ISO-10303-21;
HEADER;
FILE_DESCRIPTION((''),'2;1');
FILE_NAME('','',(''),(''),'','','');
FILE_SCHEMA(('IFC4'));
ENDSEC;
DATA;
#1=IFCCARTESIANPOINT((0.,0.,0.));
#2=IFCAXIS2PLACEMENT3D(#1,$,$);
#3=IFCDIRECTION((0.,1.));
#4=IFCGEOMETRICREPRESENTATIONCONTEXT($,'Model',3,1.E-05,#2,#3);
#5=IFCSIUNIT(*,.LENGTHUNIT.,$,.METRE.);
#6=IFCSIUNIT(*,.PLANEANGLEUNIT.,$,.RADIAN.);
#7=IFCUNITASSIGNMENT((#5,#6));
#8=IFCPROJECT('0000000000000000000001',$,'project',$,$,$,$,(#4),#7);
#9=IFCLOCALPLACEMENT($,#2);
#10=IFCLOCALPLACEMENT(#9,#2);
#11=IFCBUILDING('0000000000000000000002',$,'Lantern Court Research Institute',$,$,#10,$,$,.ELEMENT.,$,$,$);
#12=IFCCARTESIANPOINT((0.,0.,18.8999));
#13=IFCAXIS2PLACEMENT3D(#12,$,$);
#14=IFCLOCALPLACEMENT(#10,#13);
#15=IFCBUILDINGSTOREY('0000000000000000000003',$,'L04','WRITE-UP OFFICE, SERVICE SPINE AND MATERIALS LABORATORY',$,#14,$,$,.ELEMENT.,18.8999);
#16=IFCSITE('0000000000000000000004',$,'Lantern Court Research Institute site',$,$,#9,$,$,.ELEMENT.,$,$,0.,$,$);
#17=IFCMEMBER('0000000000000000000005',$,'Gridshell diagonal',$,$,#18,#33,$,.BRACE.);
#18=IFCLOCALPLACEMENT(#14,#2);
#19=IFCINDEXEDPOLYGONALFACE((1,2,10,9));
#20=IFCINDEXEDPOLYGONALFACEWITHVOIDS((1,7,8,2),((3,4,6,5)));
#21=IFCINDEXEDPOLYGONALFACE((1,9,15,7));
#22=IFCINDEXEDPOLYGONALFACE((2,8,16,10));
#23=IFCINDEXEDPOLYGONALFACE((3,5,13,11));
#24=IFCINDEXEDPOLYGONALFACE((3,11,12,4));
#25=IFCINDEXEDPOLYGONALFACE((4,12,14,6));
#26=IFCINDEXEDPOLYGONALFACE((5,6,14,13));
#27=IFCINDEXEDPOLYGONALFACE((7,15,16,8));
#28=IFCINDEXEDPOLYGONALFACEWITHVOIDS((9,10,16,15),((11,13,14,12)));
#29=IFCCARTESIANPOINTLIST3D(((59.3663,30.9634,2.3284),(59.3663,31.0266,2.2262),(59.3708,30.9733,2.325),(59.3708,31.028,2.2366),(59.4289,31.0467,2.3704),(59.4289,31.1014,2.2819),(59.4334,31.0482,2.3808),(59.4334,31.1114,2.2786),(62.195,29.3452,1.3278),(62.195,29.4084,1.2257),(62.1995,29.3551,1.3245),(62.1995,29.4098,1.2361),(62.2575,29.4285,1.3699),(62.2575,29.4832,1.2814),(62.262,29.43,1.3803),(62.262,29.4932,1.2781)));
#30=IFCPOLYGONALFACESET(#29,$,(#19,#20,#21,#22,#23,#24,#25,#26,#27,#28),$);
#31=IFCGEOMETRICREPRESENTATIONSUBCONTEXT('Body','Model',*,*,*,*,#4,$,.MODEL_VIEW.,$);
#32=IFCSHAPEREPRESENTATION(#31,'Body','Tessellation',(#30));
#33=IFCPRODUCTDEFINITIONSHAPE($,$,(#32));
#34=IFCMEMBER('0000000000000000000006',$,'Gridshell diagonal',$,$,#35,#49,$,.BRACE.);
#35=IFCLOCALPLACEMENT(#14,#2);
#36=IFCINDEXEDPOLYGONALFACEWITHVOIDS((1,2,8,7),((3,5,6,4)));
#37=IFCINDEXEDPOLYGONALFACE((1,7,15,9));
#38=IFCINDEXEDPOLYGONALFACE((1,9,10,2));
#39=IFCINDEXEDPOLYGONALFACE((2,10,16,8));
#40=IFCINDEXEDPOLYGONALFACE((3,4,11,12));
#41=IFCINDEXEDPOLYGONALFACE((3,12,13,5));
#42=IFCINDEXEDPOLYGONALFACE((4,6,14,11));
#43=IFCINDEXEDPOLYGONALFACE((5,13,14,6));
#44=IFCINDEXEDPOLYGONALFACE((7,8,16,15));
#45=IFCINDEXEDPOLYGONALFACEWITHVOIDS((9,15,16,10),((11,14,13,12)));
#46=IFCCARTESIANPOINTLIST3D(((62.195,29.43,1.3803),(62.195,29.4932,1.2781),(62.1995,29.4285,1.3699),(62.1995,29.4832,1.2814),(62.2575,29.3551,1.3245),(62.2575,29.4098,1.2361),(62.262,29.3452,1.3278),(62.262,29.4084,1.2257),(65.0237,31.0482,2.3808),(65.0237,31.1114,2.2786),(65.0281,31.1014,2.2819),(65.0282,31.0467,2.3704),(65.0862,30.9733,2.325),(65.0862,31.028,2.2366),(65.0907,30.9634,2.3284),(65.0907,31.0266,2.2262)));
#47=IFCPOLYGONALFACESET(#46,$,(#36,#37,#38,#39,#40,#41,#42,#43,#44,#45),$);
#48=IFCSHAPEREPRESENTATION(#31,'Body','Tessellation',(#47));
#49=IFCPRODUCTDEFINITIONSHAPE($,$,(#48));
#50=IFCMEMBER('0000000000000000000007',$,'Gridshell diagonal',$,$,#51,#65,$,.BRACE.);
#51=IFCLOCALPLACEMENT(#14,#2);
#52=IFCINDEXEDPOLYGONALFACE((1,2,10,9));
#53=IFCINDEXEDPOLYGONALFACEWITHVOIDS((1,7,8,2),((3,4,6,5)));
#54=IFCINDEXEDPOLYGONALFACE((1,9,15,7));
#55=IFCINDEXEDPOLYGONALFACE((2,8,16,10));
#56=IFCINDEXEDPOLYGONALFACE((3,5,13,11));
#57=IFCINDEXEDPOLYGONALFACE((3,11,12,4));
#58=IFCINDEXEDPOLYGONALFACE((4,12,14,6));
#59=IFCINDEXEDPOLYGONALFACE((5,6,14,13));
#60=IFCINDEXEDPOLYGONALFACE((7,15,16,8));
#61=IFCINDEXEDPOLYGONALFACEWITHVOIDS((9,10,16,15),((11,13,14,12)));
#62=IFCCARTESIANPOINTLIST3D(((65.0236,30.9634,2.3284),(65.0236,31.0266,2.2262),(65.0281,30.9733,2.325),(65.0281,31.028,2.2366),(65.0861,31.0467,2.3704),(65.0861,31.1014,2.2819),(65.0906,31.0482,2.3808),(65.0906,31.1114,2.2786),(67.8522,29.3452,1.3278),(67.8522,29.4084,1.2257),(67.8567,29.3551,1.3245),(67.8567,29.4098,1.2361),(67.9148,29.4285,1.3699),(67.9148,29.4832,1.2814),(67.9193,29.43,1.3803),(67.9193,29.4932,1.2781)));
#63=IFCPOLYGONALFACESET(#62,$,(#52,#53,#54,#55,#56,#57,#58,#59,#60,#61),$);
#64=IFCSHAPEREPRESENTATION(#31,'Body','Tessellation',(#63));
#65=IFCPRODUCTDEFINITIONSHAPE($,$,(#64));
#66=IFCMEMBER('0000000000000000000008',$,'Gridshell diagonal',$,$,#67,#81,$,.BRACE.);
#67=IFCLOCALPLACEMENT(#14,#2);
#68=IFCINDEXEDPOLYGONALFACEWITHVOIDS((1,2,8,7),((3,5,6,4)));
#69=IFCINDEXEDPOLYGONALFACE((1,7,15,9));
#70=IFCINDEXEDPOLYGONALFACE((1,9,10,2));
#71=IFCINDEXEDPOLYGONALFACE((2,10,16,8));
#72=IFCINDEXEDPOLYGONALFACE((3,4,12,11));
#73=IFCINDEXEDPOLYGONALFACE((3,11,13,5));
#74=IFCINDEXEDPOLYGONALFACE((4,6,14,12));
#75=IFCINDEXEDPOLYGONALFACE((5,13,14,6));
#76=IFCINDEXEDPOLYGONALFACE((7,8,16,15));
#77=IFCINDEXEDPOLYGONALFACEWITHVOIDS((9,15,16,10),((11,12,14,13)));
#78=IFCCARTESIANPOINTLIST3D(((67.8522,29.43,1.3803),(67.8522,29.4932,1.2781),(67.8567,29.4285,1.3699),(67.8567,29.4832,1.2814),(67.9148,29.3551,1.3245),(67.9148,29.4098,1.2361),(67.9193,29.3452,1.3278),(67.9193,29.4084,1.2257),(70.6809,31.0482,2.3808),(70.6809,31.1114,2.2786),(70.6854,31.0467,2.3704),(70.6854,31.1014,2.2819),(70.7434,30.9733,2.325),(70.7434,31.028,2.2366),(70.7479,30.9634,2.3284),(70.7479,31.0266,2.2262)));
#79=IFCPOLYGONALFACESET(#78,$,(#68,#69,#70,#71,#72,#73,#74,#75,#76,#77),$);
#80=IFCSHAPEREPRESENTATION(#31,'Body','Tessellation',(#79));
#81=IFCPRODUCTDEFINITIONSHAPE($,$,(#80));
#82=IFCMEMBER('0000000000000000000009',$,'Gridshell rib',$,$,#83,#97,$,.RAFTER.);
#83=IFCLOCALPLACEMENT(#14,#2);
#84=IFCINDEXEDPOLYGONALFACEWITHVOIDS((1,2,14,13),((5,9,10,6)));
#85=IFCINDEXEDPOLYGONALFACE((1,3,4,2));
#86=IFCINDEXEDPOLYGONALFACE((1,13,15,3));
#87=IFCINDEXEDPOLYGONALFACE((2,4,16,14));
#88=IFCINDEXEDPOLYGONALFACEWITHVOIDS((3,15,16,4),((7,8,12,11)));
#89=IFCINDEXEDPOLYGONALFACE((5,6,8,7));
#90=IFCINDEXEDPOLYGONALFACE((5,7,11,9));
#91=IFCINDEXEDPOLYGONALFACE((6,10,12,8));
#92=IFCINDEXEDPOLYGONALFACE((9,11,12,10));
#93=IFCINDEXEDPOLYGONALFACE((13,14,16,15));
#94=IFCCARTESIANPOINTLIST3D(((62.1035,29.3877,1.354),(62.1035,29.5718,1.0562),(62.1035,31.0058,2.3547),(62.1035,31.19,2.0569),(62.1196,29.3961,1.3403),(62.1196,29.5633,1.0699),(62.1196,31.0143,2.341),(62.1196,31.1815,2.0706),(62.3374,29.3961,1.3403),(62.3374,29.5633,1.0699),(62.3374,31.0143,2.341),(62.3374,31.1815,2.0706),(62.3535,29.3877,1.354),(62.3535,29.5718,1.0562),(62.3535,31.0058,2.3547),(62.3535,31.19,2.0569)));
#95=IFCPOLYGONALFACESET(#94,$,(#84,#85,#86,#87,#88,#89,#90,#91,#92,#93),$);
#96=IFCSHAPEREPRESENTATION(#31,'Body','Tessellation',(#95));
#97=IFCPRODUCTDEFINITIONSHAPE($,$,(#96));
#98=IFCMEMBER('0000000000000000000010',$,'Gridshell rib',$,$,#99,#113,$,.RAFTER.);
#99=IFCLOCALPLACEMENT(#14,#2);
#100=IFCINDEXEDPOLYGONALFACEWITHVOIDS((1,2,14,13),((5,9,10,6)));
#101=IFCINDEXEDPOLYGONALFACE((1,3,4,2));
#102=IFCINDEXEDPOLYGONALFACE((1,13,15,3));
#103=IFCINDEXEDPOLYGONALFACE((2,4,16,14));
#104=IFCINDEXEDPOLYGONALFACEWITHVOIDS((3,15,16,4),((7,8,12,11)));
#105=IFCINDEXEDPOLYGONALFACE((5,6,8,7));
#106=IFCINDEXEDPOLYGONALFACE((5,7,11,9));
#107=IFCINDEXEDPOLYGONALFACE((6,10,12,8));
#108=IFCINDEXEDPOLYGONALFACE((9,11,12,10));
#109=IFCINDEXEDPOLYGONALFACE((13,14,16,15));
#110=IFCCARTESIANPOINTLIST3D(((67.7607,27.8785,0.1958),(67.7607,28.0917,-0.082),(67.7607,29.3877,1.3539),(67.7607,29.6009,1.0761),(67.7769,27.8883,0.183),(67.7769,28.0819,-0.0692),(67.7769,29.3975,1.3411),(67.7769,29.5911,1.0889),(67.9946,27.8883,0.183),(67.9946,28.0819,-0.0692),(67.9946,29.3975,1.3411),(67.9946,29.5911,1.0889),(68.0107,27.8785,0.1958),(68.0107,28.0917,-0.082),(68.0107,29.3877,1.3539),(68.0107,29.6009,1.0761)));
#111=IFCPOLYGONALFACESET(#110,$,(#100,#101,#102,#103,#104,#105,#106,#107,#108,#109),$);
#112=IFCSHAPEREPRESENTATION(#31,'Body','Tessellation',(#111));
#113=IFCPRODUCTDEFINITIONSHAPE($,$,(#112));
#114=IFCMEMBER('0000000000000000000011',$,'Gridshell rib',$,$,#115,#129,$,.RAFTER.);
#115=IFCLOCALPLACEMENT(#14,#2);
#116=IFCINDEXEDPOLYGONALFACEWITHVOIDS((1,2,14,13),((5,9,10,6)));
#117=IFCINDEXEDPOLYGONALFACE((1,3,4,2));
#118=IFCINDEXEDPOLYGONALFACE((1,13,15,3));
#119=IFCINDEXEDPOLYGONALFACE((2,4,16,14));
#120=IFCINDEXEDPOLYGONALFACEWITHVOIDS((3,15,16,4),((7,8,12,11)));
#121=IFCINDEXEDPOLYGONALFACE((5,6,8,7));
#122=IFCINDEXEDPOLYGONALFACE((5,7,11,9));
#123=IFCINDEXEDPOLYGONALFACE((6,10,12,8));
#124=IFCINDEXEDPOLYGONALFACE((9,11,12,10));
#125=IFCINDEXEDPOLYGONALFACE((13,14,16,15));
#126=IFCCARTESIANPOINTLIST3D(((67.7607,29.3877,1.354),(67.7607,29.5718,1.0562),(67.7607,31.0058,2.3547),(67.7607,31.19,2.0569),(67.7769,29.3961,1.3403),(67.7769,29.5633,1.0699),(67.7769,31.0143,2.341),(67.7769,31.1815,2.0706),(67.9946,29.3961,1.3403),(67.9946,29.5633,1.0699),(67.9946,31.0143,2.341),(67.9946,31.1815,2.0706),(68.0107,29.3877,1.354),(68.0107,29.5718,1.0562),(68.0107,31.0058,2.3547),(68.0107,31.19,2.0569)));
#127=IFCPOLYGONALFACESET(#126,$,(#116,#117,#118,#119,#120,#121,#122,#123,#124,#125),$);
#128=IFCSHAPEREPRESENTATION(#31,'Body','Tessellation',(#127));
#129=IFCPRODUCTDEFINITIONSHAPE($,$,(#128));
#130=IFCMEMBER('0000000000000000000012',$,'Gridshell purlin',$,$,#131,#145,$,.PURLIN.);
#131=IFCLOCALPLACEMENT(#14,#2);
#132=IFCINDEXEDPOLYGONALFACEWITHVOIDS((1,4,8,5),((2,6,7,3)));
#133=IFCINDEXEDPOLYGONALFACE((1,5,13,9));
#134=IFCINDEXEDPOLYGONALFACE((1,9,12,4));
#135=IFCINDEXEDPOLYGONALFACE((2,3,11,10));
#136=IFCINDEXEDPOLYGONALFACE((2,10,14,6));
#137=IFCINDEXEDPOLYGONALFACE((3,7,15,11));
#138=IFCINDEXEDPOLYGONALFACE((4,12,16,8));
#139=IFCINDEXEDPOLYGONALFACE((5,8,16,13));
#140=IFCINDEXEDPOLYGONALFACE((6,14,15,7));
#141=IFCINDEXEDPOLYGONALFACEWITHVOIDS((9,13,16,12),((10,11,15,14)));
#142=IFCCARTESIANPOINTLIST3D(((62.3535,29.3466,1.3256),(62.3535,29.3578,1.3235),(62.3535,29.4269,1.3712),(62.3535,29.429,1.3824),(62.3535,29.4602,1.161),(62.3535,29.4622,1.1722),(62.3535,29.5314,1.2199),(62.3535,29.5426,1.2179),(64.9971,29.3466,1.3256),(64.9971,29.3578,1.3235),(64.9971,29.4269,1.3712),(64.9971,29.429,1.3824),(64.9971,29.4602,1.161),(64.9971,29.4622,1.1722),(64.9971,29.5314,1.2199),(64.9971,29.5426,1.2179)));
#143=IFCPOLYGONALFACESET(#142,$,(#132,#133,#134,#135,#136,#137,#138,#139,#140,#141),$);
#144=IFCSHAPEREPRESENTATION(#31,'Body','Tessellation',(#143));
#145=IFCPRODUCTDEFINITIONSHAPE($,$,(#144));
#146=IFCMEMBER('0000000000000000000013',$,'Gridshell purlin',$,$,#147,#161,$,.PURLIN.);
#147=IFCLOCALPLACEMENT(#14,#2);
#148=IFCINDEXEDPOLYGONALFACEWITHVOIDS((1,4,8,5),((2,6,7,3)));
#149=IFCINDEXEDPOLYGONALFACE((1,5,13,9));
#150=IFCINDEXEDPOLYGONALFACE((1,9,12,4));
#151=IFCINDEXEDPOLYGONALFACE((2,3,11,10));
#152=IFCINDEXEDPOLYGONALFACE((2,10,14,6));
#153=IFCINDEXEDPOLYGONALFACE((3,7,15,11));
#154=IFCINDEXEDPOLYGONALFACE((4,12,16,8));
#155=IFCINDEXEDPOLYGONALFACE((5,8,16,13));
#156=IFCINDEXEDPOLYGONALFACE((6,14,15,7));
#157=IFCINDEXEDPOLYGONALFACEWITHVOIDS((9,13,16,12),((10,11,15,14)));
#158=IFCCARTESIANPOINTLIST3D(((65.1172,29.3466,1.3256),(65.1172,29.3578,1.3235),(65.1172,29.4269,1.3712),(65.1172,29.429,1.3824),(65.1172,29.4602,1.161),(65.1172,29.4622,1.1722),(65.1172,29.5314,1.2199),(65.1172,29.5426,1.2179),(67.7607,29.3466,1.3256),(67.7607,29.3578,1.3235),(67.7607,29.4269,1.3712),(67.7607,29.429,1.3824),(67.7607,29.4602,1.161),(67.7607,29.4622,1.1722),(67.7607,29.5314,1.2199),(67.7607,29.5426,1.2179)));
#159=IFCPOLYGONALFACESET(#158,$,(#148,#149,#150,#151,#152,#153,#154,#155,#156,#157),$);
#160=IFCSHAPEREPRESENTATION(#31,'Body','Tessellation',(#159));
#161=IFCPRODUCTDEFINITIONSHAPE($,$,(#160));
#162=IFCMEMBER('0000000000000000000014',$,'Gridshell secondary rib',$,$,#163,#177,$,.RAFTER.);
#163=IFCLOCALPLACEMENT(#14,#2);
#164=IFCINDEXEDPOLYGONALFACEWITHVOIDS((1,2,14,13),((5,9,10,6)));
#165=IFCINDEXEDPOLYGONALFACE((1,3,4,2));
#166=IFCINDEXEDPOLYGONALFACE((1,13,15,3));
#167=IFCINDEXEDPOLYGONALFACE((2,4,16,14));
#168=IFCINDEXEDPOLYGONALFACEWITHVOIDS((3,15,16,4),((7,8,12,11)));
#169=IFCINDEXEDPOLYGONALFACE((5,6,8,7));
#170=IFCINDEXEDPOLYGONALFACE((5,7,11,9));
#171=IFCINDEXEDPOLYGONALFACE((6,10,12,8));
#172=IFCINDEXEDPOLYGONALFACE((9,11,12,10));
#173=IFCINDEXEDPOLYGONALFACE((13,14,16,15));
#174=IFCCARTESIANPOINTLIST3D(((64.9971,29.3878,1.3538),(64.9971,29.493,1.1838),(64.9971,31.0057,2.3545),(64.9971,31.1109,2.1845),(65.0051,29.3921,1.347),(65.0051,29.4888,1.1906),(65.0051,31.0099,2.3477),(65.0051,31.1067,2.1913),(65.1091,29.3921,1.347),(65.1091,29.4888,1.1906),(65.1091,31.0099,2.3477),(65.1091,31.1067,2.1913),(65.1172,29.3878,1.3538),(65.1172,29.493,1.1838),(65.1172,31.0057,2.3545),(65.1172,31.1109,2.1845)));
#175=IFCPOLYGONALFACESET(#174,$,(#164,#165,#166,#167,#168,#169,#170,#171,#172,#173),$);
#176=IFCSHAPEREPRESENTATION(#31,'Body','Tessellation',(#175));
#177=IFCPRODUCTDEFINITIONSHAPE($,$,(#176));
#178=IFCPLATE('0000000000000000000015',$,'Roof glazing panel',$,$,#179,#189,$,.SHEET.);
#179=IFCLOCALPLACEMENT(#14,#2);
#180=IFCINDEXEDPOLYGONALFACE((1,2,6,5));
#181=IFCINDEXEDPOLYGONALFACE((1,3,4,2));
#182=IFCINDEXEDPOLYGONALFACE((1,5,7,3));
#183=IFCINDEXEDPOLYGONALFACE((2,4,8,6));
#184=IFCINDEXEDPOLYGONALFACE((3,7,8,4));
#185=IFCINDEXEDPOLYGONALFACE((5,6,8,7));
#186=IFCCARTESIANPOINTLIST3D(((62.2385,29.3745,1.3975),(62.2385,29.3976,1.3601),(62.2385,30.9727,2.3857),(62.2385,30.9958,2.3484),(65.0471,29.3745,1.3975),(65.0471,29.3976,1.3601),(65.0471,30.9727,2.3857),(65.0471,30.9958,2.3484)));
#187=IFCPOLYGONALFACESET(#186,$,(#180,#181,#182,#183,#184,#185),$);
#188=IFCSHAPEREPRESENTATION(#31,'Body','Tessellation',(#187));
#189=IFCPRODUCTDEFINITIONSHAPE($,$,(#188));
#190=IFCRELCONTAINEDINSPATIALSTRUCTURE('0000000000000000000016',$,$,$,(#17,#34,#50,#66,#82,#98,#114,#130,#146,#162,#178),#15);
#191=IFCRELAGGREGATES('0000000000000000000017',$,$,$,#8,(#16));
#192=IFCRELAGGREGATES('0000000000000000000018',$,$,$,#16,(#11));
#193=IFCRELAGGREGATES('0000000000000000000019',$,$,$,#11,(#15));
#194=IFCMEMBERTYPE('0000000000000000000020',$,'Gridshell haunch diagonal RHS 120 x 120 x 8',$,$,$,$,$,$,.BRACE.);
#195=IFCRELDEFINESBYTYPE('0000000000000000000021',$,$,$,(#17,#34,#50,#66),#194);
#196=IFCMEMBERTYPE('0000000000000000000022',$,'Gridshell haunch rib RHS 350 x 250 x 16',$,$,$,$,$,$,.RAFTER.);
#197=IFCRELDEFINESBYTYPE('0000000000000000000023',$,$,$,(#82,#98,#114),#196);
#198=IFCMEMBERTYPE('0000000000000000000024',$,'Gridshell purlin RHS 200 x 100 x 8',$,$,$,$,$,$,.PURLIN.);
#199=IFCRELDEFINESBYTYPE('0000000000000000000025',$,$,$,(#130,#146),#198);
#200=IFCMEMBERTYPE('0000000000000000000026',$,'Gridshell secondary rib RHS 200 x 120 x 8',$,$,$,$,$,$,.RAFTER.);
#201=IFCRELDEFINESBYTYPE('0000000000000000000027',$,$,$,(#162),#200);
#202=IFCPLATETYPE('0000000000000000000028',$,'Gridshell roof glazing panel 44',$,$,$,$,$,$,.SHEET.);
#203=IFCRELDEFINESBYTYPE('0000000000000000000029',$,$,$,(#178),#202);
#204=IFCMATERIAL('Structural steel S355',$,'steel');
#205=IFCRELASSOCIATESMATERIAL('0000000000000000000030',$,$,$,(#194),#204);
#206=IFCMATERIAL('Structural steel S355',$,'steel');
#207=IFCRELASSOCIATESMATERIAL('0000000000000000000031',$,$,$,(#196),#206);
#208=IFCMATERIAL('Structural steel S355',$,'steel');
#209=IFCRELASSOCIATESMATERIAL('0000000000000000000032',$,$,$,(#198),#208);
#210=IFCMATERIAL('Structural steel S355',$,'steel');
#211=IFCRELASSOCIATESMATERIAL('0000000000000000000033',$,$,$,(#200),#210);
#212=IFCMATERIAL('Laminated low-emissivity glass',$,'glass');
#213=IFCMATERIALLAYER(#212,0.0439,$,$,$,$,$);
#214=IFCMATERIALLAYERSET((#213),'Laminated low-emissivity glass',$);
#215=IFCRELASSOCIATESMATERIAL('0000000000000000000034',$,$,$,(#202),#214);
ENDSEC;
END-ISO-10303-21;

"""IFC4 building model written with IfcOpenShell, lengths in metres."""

from ifc_helpers import new_model, si_unit, direction, frame, origin, origin_2d, place, context, subcontext, project, spatial, polyline, hollow_rectangle, outline, extrude, material, layer, layer_set, material_profile, profile_set, type_object, element, save


model = new_model("IFC4")

# Units and contexts
model_context = context("Model", 3, precision=1e-05, world=origin(), true_north=direction((0.0, 1.0)))
body_context = subcontext(model_context, "Body", "Model", "MODEL_VIEW")
ifc_project = project(units=[si_unit("LENGTHUNIT", "METRE"), si_unit("PLANEANGLEUNIT", "RADIAN")], contexts=[model_context])

# Site, building, storey
site_placement = place(None, origin())
site = spatial("IfcSite", under=ifc_project, at=site_placement, Name="Lantern Court Research Institute site", CompositionType="ELEMENT", RefElevation=0.0)
building_placement = place(site_placement, origin())
building = spatial("IfcBuilding", under=site, at=building_placement, Name="Lantern Court Research Institute", CompositionType="ELEMENT")
storey_placement = place(building_placement, frame((0.0, 0.0, 18.8999)))
storey = spatial("IfcBuildingStorey", under=building, at=storey_placement, Name="L04", Description="WRITE-UP OFFICE, SERVICE SPINE AND MATERIALS LABORATORY", CompositionType="ELEMENT", Elevation=18.8999)

# Members
ifc_material_1 = material(Name="Structural steel S355", Category="steel")
ifc_material_profile_1 = material_profile(ifc_material_1, hollow_rectangle(XDim=0.1201, YDim=0.1201, WallThickness=0.0081, at=origin_2d()), Name="Gridshell haunch diagonal RHS 120 x 120 x 8")
ifc_profile_set_1 = profile_set([ifc_material_profile_1], Name="Structural steel S355")
member_type_1 = type_object("IfcMemberType", Name="Gridshell haunch diagonal RHS 120 x 120 x 8", PredefinedType="BRACE", material=ifc_profile_set_1)
for number, where, z_axis, x_axis, name in (
    (1, (62.2285, 29.4192, 1.303), (-0.829777, 0.47469, 0.293494), (-0.558095, -0.705724, -0.436444), "Gridshell diagonal"),
    (2, (62.2285, 29.4192, 1.303), (0.829777, 0.47469, 0.293494), (-0.558095, 0.705724, 0.436444), "Gridshell diagonal"),
    (3, (67.8857, 29.4192, 1.303), (-0.829777, 0.47469, 0.293494), (-0.558095, -0.705724, -0.436444), "Gridshell diagonal"),
    (4, (67.8857, 29.4192, 1.303), (0.829777, 0.47469, 0.293494), (-0.558095, 0.705724, 0.436444), "Gridshell diagonal"),
):
    element("IfcMember", number, at=place(storey_placement, frame(where, z_axis=z_axis, x_axis=x_axis)), inside=storey, type_object=member_type_1, Name=name, PredefinedType="BRACE", context=body_context, shape_type="SweptSolid", body=[
        extrude(hollow_rectangle(XDim=0.1201, YDim=0.1201, WallThickness=0.0081, at=origin_2d()), origin(), (0.0, 0.0, 1.0), 3.4089),
    ])
ifc_material_2 = material(Name="Structural steel S355", Category="steel")
ifc_material_profile_2 = material_profile(ifc_material_2, hollow_rectangle(XDim=0.25, YDim=0.3501, WallThickness=0.0161, at=origin_2d()), Name="Gridshell haunch rib RHS 350 x 250 x 16")
ifc_profile_set_2 = profile_set([ifc_material_profile_2], Name="Structural steel S355")
member_type_2 = type_object("IfcMemberType", Name="Gridshell haunch rib RHS 350 x 250 x 16", PredefinedType="RAFTER", material=ifc_profile_set_2)
member_1_placement = place(storey_placement, frame((62.2285, 29.4797, 1.2051), z_axis=(0.0, 0.850498, 0.525979), x_axis=(-1.0, 0.0, 0.0)))
element("IfcMember", 5, at=member_1_placement, inside=storey, type_object=member_type_2, Name="Gridshell rib", PredefinedType="RAFTER", context=body_context, shape_type="SweptSolid", body=[
    extrude(hollow_rectangle(XDim=0.25, YDim=0.3501, WallThickness=0.0161, at=origin_2d()), origin(), (0.0, 0.0, 1.0), 1.9026),
])
member_2_placement = place(storey_placement, frame((67.8857, 27.9851, 0.0569), z_axis=(0.0, 0.79333, 0.608792), x_axis=(-1.0, 0.0, 0.0)))
element("IfcMember", 6, at=member_2_placement, inside=storey, type_object=member_type_2, Name="Gridshell rib", PredefinedType="RAFTER", context=body_context, shape_type="SweptSolid", body=[
    extrude(hollow_rectangle(XDim=0.25, YDim=0.3501, WallThickness=0.0161, at=origin_2d()), origin(), (0.0, 0.0, 1.0), 1.9023),
])
member_3_placement = place(storey_placement, frame((67.8857, 29.4797, 1.2051), z_axis=(0.0, 0.850498, 0.525979), x_axis=(-1.0, 0.0, 0.0)))
element("IfcMember", 7, at=member_3_placement, inside=storey, type_object=member_type_2, Name="Gridshell rib", PredefinedType="RAFTER", context=body_context, shape_type="SweptSolid", body=[
    extrude(hollow_rectangle(XDim=0.25, YDim=0.3501, WallThickness=0.0161, at=origin_2d()), origin(), (0.0, 0.0, 1.0), 1.9026),
])
ifc_material_3 = material(Name="Structural steel S355", Category="steel")
ifc_material_profile_3 = material_profile(ifc_material_3, hollow_rectangle(XDim=0.1001, YDim=0.2, WallThickness=0.0081, at=origin_2d()), Name="Gridshell purlin RHS 200 x 100 x 8")
ifc_profile_set_3 = profile_set([ifc_material_profile_3], Name="Structural steel S355")
member_type_3 = type_object("IfcMemberType", Name="Gridshell purlin RHS 200 x 100 x 8", PredefinedType="PURLIN", material=ifc_profile_set_3)
for number, where, z_axis, x_axis, name in (
    (8, (62.3535, 29.4446, 1.2717), (1.0, 0.0, 0.0), (0.0, 0.822954, 0.568108), "Gridshell purlin"),
    (9, (65.1172, 29.4446, 1.2717), (1.0, 0.0, 0.0), (0.0, 0.822954, 0.568108), "Gridshell purlin"),
):
    element("IfcMember", number, at=place(storey_placement, frame(where, z_axis=z_axis, x_axis=x_axis)), inside=storey, type_object=member_type_3, Name=name, PredefinedType="PURLIN", context=body_context, shape_type="SweptSolid", body=[
        extrude(hollow_rectangle(XDim=0.1001, YDim=0.2, WallThickness=0.0081, at=origin_2d()), origin(), (0.0, 0.0, 1.0), 2.6436),
    ])
ifc_material_4 = material(Name="Structural steel S355", Category="steel")
ifc_material_profile_4 = material_profile(ifc_material_4, hollow_rectangle(XDim=0.1201, YDim=0.2, WallThickness=0.0081, at=origin_2d()), Name="Gridshell secondary rib RHS 200 x 120 x 8")
ifc_profile_set_4 = profile_set([ifc_material_profile_4], Name="Structural steel S355")
member_type_4 = type_object("IfcMemberType", Name="Gridshell secondary rib RHS 200 x 120 x 8", PredefinedType="RAFTER", material=ifc_profile_set_4)
member_4_placement = place(storey_placement, frame((65.0571, 29.4404, 1.2688), z_axis=(0.0, 0.850462, 0.526036), x_axis=(-1.0, 0.0, 0.0)))
element("IfcMember", 10, at=member_4_placement, inside=storey, type_object=member_type_4, Name="Gridshell secondary rib", PredefinedType="RAFTER", context=body_context, shape_type="SweptSolid", body=[
    extrude(hollow_rectangle(XDim=0.1201, YDim=0.2, WallThickness=0.0081, at=origin_2d()), origin(), (0.0, 0.0, 1.0), 1.9023),
])

# Plate
ifc_material_5 = material(Name="Laminated low-emissivity glass", Category="glass")
ifc_layer = layer(ifc_material_5, 0.0439)
ifc_layer_set = layer_set([ifc_layer], Name="Laminated low-emissivity glass")
plate_type = type_object("IfcPlateType", Name="Gridshell roof glazing panel 44", PredefinedType="SHEET", material=ifc_layer_set)
plate_1_placement = place(storey_placement, frame((65.0471, 29.3745, 1.3975), z_axis=(0.0, -0.525952, 0.850514), x_axis=(-1.0, 0.0, 0.0)))
element("IfcPlate", 11, at=plate_1_placement, inside=storey, type_object=plate_type, Name="Roof glazing panel", PredefinedType="SHEET", context=body_context, shape_type="SweptSolid", body=[
    extrude(outline(polyline([(0.0, 0.0), (2.8086, 0.0), (2.8086, -1.879), (0.0, -1.879), (0.0, 0.0)])), origin(), (0.0, 0.0, -1.0), 0.0439),
])

save(model, "model.ifc")
